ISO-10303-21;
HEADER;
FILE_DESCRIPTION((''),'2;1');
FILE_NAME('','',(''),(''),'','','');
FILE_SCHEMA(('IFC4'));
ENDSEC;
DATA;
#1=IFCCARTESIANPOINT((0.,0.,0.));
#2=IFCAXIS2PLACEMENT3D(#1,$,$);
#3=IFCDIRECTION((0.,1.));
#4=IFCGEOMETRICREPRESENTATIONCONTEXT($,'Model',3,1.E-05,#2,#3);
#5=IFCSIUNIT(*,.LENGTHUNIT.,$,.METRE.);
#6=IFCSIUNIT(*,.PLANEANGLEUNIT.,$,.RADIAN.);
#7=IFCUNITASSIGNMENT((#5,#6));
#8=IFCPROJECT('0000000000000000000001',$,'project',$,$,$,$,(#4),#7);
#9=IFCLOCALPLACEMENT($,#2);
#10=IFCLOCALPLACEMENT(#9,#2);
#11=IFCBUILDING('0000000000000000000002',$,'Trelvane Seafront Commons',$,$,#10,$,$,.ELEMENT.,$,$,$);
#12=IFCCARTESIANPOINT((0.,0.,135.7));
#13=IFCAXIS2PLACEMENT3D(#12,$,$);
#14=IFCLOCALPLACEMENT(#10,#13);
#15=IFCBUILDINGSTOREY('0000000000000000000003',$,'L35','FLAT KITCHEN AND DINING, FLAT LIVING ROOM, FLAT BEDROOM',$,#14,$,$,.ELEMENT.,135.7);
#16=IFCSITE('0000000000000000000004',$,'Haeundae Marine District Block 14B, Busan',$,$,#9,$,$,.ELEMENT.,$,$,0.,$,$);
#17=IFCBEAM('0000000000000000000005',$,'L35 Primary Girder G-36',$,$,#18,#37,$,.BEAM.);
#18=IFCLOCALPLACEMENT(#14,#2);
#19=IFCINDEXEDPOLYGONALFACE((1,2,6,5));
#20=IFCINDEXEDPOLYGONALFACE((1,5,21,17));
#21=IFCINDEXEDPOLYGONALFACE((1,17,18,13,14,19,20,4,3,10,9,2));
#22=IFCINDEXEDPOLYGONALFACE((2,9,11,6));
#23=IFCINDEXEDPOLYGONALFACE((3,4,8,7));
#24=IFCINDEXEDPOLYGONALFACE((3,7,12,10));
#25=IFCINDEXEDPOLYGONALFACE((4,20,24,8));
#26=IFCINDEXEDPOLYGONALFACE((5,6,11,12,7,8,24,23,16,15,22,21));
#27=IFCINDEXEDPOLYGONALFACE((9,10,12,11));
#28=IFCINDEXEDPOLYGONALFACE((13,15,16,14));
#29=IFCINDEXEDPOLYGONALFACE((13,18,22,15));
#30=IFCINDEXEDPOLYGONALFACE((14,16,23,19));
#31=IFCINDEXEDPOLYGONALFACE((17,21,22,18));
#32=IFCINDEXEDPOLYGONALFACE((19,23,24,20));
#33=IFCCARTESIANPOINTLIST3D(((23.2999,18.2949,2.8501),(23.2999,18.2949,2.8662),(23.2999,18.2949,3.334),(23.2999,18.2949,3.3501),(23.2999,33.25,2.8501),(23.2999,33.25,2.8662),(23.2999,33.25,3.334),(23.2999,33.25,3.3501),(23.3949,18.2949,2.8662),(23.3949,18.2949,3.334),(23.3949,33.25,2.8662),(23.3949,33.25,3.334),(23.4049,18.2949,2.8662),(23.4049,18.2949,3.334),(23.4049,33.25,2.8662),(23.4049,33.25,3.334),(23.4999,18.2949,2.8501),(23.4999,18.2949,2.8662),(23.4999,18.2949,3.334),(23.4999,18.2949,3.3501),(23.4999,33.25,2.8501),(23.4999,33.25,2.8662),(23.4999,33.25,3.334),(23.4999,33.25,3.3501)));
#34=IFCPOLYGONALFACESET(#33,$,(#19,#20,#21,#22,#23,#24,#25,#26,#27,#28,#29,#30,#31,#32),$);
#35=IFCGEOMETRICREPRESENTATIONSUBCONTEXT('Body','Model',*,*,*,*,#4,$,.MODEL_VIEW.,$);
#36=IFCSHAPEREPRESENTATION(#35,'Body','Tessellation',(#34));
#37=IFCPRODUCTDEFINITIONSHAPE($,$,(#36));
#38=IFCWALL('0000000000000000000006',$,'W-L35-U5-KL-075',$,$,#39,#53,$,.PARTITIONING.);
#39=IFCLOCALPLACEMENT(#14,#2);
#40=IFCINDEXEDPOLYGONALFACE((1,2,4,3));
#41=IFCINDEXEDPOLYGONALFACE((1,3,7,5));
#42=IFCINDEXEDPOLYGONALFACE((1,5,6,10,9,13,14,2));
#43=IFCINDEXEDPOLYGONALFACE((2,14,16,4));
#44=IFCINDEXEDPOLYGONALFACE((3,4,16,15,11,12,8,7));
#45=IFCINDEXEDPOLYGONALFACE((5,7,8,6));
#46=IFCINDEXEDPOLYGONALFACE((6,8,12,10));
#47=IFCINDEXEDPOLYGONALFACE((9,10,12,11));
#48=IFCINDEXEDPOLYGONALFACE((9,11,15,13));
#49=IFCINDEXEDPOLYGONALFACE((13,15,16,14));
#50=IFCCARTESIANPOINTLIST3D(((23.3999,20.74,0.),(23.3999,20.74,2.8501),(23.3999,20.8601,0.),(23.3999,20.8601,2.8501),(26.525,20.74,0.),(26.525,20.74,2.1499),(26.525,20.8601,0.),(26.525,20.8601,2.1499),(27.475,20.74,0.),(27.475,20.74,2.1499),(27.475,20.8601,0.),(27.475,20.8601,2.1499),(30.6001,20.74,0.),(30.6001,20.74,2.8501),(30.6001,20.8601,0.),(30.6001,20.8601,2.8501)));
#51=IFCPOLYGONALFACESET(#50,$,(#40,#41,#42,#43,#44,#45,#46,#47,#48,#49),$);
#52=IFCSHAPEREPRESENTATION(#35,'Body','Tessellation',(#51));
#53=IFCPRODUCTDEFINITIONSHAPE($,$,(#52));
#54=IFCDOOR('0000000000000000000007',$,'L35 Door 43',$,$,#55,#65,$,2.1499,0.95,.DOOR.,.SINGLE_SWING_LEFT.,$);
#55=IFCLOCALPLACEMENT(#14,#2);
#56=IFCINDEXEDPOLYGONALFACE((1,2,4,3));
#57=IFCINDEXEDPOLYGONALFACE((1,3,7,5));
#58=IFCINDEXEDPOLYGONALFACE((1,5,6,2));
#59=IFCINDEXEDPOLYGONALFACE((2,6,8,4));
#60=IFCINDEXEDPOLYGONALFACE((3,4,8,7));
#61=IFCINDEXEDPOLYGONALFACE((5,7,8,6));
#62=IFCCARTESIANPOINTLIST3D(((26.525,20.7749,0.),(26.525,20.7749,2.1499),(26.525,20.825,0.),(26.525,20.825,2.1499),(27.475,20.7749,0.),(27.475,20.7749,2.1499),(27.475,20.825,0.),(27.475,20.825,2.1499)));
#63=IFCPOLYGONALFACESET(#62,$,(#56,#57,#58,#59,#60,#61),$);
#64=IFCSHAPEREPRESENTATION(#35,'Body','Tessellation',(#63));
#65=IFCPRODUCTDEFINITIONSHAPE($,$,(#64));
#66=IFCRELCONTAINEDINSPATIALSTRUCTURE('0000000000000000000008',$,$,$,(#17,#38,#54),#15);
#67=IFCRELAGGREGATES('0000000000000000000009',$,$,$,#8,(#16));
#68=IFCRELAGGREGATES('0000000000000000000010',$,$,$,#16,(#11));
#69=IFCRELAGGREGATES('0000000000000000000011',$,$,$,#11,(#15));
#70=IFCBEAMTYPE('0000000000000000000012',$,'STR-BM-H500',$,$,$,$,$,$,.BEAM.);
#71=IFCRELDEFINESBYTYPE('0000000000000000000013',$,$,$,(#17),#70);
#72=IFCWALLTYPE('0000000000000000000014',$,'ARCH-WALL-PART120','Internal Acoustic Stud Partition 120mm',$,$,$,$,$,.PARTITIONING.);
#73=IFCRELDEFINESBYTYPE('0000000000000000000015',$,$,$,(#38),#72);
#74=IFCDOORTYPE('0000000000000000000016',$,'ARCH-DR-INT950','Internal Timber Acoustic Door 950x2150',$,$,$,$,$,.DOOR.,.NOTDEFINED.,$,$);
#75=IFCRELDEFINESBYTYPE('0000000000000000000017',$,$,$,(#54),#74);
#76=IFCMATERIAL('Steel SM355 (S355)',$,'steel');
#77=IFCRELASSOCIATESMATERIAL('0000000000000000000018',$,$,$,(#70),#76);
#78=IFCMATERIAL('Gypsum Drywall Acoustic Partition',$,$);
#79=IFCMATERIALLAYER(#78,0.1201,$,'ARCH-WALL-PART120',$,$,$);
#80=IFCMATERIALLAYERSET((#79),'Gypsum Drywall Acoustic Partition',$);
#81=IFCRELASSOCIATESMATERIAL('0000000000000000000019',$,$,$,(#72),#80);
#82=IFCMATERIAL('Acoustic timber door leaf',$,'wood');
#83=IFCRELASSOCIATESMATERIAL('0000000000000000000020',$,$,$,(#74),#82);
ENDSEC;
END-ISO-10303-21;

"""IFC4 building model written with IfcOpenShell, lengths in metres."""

from ifc_helpers import new_model, si_unit, direction, frame, frame_2d, origin, origin_2d, place, context, subcontext, project, spatial, rectangle, i_section, extrude, source, transform, mapped, material, layer, layer_set, material_profile, profile_set, type_object, element, fill, save


model = new_model("IFC4")

# Units and contexts
model_context = context("Model", 3, precision=1e-05, world=origin(), true_north=direction((0.0, 1.0)))
body_context = subcontext(model_context, "Body", "Model", "MODEL_VIEW")
ifc_project = project(units=[si_unit("LENGTHUNIT", "METRE"), si_unit("PLANEANGLEUNIT", "RADIAN")], contexts=[model_context])

# Site, building, storey
site_placement = place(None, origin())
site = spatial("IfcSite", under=ifc_project, at=site_placement, Name="Haeundae Marine District Block 14B, Busan", CompositionType="ELEMENT", RefElevation=0.0)
building_placement = place(site_placement, origin())
building = spatial("IfcBuilding", under=site, at=building_placement, Name="Trelvane Seafront Commons", CompositionType="ELEMENT")
storey_placement = place(building_placement, frame((0.0, 0.0, 135.7)))
storey = spatial("IfcBuildingStorey", under=building, at=storey_placement, Name="L35", Description="FLAT KITCHEN AND DINING, FLAT LIVING ROOM, FLAT BEDROOM", CompositionType="ELEMENT", Elevation=135.7)

# Shared definitions
ifc_material_1 = material(Name="Steel SM355 (S355)", Category="steel")

# Beam
ifc_material_profile_1 = material_profile(ifc_material_1, i_section(OverallWidth=0.2, OverallDepth=0.5, WebThickness=0.01, FlangeThickness=0.0161, at=origin_2d()), Name="H-500x200x10x16")
ifc_profile_set_1 = profile_set([ifc_material_profile_1], Name="Steel SM355 (S355)")
beam_type_1 = type_object("IfcBeamType", Name="STR-BM-H500", PredefinedType="BEAM", material=ifc_profile_set_1)
shared_shape_1 = source(origin(), body_context, "Body", "SweptSolid", [
    extrude(i_section(OverallWidth=0.2, OverallDepth=0.5, WebThickness=0.01, FlangeThickness=0.0161, at=origin_2d()), origin(), (0.0, 0.0, 1.0), 14.9551),
])
beam_1_placement = place(storey_placement, frame((23.3999, 18.2949, 3.1001), z_axis=(0.0, 1.0, 0.0), x_axis=(-1.0, 0.0, 0.0)))
element("IfcBeam", 1, at=beam_1_placement, inside=storey, type_object=beam_type_1, Name="L35 Primary Girder G-36", PredefinedType="BEAM", context=body_context, shape_type="MappedRepresentation", body=[
    mapped(shared_shape_1, transform((0.0, 0.0, 0.0), x_axis=(1.0, 0.0, 0.0), y_axis=(0.0, 1.0, 0.0), z_axis=(0.0, 0.0, 1.0), scale=1.0)),
])

# Wall, opening, door
ifc_material_2 = material(Name="Gypsum Drywall Acoustic Partition")
ifc_layer = layer(ifc_material_2, 0.1201, Name="ARCH-WALL-PART120")
ifc_layer_set = layer_set([ifc_layer], Name="Gypsum Drywall Acoustic Partition")
wall_type = type_object("IfcWallType", Name="ARCH-WALL-PART120", Description="Internal Acoustic Stud Partition 120mm", PredefinedType="PARTITIONING", material=ifc_layer_set)
ifc_material_3 = material(Name="Acoustic timber door leaf", Category="wood")
door_type = type_object("IfcDoorType", Name="ARCH-DR-INT950", Description="Internal Timber Acoustic Door 950x2150", OperationType="NOTDEFINED", PredefinedType="DOOR", material=ifc_material_3)
shared_shape_2 = source(origin(), body_context, "Body", "SweptSolid", [
    extrude(rectangle(XDim=0.95, YDim=2.1499, at=frame_2d((0.4751, 1.075))), frame((0.0, 0.0249, 0.0), z_axis=(0.0, -1.0, 0.0), x_axis=(1.0, 0.0, 0.0)), (0.0, 0.0, 1.0), 0.05),
])
wall_1_placement = place(storey_placement, frame((23.3999, 20.8, 0.0), z_axis=(0.0, 0.0, 1.0), x_axis=(1.0, 0.0, 0.0)))
wall_1 = element("IfcWall", 2, at=wall_1_placement, inside=storey, type_object=wall_type, Name="W-L35-U5-KL-075", PredefinedType="PARTITIONING", context=body_context, shape_type="SweptSolid", body=[
    extrude(rectangle(XDim=7.2002, YDim=0.1201, at=frame_2d((3.6001, 0.0))), origin(), (0.0, 0.0, 1.0), 2.8501),
])
opening_1_placement = place(wall_1_placement, frame((3.125, 0.0, 0.0)))
opening_1 = element("IfcOpeningElement", 3, at=opening_1_placement, cuts=wall_1, PredefinedType="OPENING", context=body_context, shape_type="SweptSolid", body=[
    extrude(rectangle(XDim=0.95, YDim=2.1499, at=frame_2d((0.4751, 1.075))), frame((0.0, 0.0701, 0.0), z_axis=(0.0, -1.0, 0.0), x_axis=(1.0, 0.0, 0.0)), (0.0, 0.0, 1.0), 0.1401),
])
door_1_placement = place(opening_1_placement, origin())
door_1 = element("IfcDoor", 4, at=door_1_placement, inside=storey, type_object=door_type, Name="L35 Door 43", OperationType="SINGLE_SWING_LEFT", OverallHeight=2.1499, OverallWidth=0.95, PredefinedType="DOOR", context=body_context, shape_type="MappedRepresentation", body=[
    mapped(shared_shape_2, transform((0.0, 0.0, 0.0), x_axis=(1.0, 0.0, 0.0), y_axis=(0.0, 1.0, 0.0), z_axis=(0.0, 0.0, 1.0), scale=1.0)),
])
fill(opening_1, door_1)

save(model, "model.ifc")
